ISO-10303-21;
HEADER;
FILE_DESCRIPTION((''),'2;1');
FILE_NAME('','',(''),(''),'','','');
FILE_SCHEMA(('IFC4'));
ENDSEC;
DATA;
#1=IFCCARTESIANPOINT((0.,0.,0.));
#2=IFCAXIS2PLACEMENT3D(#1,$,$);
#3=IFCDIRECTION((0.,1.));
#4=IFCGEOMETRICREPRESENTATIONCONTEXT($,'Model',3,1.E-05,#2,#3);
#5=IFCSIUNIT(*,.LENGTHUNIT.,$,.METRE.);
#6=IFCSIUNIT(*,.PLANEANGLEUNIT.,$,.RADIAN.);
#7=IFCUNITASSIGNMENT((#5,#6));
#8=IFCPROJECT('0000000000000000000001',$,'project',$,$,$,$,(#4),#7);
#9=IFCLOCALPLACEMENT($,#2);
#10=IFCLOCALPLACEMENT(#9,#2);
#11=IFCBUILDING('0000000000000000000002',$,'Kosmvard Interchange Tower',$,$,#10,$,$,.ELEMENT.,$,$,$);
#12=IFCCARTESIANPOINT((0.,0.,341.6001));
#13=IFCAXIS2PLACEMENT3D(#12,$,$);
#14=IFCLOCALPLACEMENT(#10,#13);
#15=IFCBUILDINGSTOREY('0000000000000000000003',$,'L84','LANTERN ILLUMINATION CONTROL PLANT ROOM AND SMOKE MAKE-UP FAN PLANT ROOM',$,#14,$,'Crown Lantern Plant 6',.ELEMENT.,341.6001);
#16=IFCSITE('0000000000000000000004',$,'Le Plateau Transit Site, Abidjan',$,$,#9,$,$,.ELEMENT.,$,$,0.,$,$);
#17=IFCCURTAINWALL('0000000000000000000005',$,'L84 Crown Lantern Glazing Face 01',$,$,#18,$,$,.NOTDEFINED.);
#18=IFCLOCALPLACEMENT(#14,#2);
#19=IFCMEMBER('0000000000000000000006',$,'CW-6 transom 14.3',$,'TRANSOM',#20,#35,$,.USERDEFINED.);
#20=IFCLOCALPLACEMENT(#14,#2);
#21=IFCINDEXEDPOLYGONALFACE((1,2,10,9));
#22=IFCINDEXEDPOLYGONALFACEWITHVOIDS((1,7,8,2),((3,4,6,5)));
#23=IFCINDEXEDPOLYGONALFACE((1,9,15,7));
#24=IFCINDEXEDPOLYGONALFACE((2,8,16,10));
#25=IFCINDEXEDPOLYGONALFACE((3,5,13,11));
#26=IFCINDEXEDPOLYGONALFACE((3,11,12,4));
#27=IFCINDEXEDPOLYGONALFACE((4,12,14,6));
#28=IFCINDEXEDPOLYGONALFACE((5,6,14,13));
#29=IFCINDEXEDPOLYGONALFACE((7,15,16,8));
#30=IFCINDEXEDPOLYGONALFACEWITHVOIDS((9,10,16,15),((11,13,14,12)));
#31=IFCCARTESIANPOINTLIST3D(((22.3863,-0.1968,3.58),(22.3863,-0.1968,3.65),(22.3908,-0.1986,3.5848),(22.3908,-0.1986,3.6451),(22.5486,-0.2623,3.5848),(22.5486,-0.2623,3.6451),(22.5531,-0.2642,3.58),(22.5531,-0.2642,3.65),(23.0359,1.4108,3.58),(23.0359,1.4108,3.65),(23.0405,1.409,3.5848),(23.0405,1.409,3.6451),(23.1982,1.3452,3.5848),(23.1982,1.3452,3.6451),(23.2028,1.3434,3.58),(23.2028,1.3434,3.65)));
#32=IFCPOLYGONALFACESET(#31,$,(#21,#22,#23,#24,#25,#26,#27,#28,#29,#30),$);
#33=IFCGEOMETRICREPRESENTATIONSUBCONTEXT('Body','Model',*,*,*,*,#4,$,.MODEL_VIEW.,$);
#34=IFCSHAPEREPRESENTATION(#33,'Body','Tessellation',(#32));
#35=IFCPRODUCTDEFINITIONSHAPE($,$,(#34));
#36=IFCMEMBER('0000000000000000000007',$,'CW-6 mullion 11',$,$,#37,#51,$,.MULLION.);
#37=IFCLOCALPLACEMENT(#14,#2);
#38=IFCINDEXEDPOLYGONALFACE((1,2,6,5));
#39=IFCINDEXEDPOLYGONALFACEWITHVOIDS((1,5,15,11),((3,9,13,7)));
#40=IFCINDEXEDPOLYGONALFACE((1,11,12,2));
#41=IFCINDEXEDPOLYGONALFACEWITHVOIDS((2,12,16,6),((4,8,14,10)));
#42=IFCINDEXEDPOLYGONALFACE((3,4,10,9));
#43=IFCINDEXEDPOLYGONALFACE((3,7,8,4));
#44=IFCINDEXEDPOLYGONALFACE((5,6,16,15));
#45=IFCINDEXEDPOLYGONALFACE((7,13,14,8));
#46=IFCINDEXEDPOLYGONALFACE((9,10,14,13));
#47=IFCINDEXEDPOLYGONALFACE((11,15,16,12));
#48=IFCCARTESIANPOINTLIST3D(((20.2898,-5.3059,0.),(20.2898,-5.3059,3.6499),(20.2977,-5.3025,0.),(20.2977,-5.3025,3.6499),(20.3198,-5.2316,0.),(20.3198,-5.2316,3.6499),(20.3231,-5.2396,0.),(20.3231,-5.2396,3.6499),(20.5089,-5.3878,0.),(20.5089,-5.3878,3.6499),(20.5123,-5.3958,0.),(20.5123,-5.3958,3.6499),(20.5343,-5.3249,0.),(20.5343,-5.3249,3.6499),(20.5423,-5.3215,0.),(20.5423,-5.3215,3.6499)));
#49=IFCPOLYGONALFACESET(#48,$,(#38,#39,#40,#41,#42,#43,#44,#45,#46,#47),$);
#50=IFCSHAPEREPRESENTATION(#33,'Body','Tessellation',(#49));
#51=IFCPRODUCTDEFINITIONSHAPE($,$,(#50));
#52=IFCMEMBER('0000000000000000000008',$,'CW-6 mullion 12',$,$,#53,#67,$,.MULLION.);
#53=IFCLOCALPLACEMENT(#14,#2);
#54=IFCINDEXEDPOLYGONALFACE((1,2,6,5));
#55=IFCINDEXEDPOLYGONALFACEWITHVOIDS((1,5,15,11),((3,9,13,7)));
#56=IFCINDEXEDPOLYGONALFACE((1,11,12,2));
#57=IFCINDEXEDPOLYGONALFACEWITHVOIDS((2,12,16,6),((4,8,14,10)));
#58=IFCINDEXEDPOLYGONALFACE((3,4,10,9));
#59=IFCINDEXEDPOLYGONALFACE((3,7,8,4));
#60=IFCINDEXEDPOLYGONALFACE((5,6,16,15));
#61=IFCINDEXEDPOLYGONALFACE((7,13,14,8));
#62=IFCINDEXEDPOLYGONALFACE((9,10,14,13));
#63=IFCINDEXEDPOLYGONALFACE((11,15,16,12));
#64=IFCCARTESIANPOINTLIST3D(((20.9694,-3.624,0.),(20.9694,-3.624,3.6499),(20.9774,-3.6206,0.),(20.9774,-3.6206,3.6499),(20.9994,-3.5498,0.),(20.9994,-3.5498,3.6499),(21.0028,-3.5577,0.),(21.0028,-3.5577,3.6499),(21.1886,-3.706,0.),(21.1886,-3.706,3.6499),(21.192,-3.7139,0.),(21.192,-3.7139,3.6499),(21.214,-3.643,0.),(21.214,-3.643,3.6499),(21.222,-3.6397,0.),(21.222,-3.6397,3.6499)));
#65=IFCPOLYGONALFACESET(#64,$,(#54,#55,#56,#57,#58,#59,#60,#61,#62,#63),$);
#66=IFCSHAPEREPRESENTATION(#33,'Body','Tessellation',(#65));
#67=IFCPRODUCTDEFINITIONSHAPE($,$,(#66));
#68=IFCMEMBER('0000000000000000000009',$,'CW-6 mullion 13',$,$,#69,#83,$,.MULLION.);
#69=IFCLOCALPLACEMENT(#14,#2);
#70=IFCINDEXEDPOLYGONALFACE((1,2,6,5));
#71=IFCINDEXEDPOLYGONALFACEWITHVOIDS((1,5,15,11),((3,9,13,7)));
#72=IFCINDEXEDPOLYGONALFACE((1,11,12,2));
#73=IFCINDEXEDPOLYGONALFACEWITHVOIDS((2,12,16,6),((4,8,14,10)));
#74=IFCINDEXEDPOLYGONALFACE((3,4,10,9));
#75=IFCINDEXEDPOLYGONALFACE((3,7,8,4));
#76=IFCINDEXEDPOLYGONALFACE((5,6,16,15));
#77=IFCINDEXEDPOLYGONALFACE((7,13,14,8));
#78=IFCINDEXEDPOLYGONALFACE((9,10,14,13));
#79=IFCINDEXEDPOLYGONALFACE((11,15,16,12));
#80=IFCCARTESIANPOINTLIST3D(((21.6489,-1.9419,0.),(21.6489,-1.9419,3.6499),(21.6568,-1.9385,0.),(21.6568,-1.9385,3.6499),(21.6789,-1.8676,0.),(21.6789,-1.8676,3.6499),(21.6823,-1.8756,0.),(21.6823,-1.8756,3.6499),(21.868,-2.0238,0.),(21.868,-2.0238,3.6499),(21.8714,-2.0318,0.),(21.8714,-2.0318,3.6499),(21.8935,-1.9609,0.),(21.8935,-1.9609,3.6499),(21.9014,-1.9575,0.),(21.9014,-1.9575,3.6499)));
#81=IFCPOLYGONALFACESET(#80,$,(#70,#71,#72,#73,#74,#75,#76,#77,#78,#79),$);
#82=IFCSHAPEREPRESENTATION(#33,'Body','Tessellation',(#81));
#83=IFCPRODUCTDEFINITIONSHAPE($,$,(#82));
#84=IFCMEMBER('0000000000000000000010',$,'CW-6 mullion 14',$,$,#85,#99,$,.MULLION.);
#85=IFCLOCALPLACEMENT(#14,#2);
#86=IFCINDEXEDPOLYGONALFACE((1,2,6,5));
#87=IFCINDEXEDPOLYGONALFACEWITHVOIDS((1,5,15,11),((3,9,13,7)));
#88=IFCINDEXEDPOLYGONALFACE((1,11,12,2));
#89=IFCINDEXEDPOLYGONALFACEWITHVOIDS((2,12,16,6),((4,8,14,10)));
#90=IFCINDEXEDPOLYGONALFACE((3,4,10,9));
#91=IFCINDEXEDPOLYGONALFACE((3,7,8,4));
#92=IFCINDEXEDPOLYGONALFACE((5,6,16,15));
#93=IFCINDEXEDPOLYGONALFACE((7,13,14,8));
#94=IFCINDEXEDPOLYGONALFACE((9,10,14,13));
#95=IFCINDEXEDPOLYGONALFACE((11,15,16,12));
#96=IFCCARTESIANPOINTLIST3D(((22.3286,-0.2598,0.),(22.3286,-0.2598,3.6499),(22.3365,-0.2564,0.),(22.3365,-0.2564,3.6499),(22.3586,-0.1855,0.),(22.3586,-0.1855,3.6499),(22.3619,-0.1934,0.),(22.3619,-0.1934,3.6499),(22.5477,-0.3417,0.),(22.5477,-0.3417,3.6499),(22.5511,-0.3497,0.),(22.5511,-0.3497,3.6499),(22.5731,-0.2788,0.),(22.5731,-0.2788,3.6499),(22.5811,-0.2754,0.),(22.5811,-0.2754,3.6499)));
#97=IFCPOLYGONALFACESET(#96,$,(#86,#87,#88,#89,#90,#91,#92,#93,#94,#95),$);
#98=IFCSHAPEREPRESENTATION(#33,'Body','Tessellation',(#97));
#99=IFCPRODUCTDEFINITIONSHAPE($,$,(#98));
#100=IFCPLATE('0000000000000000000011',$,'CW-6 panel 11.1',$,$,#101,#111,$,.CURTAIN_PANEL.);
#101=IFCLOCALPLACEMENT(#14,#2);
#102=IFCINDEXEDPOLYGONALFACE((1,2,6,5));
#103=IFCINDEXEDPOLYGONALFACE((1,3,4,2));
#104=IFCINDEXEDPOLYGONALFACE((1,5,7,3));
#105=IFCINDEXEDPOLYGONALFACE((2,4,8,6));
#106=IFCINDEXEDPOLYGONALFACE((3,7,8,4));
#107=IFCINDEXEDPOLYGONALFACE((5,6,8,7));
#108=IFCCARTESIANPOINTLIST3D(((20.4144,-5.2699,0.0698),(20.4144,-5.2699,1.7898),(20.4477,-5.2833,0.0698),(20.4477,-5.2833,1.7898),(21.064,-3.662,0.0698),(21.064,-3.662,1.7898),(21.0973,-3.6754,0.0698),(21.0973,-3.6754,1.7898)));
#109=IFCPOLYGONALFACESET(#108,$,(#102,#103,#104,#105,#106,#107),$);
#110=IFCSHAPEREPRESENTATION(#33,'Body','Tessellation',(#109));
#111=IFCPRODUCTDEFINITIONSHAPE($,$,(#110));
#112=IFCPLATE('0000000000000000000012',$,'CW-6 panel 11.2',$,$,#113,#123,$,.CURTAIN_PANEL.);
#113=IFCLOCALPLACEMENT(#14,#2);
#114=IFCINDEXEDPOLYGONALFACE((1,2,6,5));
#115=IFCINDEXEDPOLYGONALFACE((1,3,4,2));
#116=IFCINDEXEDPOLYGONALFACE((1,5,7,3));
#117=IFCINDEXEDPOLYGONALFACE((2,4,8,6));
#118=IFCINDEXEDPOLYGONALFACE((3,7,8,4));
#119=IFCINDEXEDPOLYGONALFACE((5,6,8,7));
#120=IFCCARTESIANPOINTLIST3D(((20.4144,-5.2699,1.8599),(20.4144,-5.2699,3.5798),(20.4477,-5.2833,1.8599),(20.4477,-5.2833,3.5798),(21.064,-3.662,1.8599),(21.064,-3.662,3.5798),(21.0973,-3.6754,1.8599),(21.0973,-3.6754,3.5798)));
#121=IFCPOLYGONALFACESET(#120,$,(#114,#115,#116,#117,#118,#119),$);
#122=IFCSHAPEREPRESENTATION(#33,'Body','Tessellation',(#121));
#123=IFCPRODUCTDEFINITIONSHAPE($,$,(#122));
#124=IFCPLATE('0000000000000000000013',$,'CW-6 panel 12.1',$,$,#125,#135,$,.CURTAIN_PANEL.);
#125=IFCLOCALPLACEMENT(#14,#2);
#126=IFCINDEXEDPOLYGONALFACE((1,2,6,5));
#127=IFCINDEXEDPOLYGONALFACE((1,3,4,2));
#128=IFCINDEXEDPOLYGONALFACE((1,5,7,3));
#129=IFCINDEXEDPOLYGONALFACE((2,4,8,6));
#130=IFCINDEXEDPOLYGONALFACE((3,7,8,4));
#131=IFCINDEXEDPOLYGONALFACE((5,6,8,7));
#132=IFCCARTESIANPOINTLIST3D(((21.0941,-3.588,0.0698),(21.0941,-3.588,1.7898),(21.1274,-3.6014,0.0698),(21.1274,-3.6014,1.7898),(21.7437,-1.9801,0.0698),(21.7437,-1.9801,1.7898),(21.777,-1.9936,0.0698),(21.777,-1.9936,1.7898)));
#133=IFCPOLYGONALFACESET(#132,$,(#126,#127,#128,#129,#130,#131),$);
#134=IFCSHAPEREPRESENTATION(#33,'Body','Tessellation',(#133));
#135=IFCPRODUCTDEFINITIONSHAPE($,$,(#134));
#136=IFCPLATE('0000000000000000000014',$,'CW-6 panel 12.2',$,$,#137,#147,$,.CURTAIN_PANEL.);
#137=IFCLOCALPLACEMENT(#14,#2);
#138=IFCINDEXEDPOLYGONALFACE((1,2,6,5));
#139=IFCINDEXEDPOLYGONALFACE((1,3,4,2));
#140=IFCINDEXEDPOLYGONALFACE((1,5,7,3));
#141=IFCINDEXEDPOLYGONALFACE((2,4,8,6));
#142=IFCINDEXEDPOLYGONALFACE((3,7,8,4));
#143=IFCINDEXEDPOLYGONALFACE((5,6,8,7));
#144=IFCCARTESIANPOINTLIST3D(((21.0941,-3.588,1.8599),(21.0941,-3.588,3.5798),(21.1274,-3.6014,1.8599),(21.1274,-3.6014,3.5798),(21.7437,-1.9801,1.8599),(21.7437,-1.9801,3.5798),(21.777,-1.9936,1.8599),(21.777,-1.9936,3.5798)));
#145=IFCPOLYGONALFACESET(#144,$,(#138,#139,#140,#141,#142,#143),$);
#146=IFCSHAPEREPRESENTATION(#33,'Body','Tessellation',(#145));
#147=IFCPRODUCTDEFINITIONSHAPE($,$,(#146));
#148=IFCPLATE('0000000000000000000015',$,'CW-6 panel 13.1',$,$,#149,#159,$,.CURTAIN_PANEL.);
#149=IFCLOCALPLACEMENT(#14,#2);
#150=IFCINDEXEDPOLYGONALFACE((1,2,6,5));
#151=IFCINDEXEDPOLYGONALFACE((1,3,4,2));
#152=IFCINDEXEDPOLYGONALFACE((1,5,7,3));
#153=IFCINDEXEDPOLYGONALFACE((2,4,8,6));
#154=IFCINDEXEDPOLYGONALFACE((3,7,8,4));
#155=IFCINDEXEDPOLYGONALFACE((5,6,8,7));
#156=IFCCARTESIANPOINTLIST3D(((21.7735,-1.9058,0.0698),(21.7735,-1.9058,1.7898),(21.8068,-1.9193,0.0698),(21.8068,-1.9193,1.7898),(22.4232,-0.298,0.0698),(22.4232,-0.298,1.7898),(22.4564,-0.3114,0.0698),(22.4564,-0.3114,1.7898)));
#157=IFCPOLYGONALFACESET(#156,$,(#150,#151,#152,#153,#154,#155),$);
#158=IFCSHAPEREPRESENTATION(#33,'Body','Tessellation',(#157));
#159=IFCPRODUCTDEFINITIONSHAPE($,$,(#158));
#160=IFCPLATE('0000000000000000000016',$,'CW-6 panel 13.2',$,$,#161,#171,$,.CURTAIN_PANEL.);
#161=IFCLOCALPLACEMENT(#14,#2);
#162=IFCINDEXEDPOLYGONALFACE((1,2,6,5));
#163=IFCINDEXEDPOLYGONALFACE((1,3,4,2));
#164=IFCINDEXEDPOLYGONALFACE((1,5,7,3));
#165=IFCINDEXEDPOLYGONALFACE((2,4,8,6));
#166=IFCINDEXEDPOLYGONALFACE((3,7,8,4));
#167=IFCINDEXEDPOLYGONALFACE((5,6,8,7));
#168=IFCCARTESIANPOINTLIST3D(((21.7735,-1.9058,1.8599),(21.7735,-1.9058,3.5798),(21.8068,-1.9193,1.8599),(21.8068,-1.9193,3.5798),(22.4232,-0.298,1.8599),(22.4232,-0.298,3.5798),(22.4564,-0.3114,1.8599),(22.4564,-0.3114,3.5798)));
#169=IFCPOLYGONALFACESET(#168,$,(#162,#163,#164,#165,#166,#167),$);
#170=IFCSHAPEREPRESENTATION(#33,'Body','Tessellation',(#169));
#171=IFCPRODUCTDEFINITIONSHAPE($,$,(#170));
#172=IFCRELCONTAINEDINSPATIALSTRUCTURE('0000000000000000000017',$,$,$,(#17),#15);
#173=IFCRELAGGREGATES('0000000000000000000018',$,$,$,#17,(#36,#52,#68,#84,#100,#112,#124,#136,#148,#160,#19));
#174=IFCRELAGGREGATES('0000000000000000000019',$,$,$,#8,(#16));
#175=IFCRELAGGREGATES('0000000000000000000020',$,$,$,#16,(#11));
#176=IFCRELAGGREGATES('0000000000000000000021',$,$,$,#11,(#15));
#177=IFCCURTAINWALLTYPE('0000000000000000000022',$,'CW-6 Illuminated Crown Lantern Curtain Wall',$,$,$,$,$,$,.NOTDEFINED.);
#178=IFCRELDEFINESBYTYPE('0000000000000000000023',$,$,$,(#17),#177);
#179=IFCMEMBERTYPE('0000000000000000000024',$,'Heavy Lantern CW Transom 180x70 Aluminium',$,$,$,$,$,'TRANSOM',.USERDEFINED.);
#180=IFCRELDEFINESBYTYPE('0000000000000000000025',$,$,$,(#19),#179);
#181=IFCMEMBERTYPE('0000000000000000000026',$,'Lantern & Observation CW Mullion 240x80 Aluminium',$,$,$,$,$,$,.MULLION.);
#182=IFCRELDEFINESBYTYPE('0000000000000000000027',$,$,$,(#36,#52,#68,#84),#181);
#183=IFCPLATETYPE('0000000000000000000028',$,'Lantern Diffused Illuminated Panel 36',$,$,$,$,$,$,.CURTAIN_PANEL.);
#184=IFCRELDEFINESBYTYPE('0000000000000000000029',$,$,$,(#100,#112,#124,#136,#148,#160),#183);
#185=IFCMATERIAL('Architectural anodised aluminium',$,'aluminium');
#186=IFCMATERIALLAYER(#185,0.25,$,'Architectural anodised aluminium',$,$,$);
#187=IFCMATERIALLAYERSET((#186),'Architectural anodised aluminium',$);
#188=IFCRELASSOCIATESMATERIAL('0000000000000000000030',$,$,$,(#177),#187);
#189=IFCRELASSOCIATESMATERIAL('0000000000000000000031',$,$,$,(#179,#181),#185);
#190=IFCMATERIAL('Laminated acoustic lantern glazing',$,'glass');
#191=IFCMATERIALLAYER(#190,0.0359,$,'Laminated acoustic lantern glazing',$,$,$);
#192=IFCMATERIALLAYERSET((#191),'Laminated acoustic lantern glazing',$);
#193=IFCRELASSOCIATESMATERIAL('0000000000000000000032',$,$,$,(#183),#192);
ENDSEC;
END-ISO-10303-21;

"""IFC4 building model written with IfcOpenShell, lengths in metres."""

from ifc_helpers import new_model, si_unit, direction, frame, origin, origin_2d, place, context, subcontext, project, spatial, rectangle, hollow_rectangle, extrude, source, transform, mapped, material, layer, layer_set, material_profile, profile_set, type_object, element, aggregate, save


model = new_model("IFC4")

# Units and contexts
model_context = context("Model", 3, precision=1e-05, world=origin(), true_north=direction((0.0, 1.0)))
body_context = subcontext(model_context, "Body", "Model", "MODEL_VIEW")
ifc_project = project(units=[si_unit("LENGTHUNIT", "METRE"), si_unit("PLANEANGLEUNIT", "RADIAN")], contexts=[model_context])

# Site, building, storey
site_placement = place(None, origin())
site = spatial("IfcSite", under=ifc_project, at=site_placement, Name="Le Plateau Transit Site, Abidjan", CompositionType="ELEMENT", RefElevation=0.0)
building_placement = place(site_placement, origin())
building = spatial("IfcBuilding", under=site, at=building_placement, Name="Kosmvard Interchange Tower", CompositionType="ELEMENT")
storey_placement = place(building_placement, frame((0.0, 0.0, 341.6001)))
storey = spatial("IfcBuildingStorey", under=building, at=storey_placement, Name="L84", Description="LANTERN ILLUMINATION CONTROL PLANT ROOM AND SMOKE MAKE-UP FAN PLANT ROOM", LongName="Crown Lantern Plant 6", CompositionType="ELEMENT", Elevation=341.6001)

# Curtain wall, members, plates
ifc_material_1 = material(Name="Architectural anodised aluminium", Category="aluminium")
ifc_layer_1 = layer(ifc_material_1, 0.25, Name="Architectural anodised aluminium")
ifc_layer_set_1 = layer_set([ifc_layer_1], Name="Architectural anodised aluminium")
curtain_wall_type = type_object("IfcCurtainWallType", Name="CW-6 Illuminated Crown Lantern Curtain Wall", PredefinedType="NOTDEFINED", material=ifc_layer_set_1)
curtain_wall_placement = place(storey_placement, origin())
curtain_wall = element("IfcCurtainWall", 1, at=curtain_wall_placement, inside=storey, type_object=curtain_wall_type, Name="L84 Crown Lantern Glazing Face 01", PredefinedType="NOTDEFINED")
ifc_material_profile_1 = material_profile(ifc_material_1, hollow_rectangle(XDim=0.1799, YDim=0.0701, WallThickness=0.0049, at=origin_2d()), Name="CWT 180x70x5")
ifc_profile_set_1 = profile_set([ifc_material_profile_1], Name="Architectural anodised aluminium")
member_type_1 = type_object("IfcMemberType", Name="Heavy Lantern CW Transom 180x70 Aluminium", ElementType="TRANSOM", PredefinedType="USERDEFINED", material=ifc_profile_set_1)
shared_shape_1 = source(origin(), body_context, "Body", "SweptSolid", [
    extrude(hollow_rectangle(XDim=0.1799, YDim=0.0701, WallThickness=0.0049, at=origin_2d()), origin(), (0.0, 0.0, 1.0), 1.7339),
])
member_1_placement = place(storey_placement, frame((22.4697, -0.2305, 3.615), z_axis=(0.374666, 0.92716, 0.0), x_axis=(-0.92716, 0.374666, 0.0)))
member_1 = element("IfcMember", 2, at=member_1_placement, type_object=member_type_1, Name="CW-6 transom 14.3", ObjectType="TRANSOM", PredefinedType="USERDEFINED", context=body_context, shape_type="MappedRepresentation", body=[
    mapped(shared_shape_1, transform((0.0, 0.0, 0.0), scale=1.0)),
])
ifc_material_profile_2 = material_profile(ifc_material_1, hollow_rectangle(XDim=0.24, YDim=0.0801, WallThickness=0.0061, at=origin_2d()), Name="CWM 240x80x6")
ifc_profile_set_2 = profile_set([ifc_material_profile_2], Name="Architectural anodised aluminium")
member_type_2 = type_object("IfcMemberType", Name="Lantern & Observation CW Mullion 240x80 Aluminium", PredefinedType="MULLION", material=ifc_profile_set_2)
shared_shape_2 = source(origin(), body_context, "Body", "SweptSolid", [
    extrude(hollow_rectangle(XDim=0.24, YDim=0.0801, WallThickness=0.0061, at=origin_2d()), origin(), (0.0, 0.0, 1.0), 3.6499),
])
member_2_placement = place(storey_placement, frame((20.416, -5.3137, 0.0), z_axis=(0.0, 0.0, 1.0), x_axis=(-0.927184, 0.374607, 0.0)))
member_2 = element("IfcMember", 3, at=member_2_placement, type_object=member_type_2, Name="CW-6 mullion 11", PredefinedType="MULLION", context=body_context, shape_type="MappedRepresentation", body=[
    mapped(shared_shape_2, transform((0.0, 0.0, 0.0), scale=1.0)),
])
member_3_placement = place(storey_placement, frame((21.0957, -3.6318, 0.0), z_axis=(0.0, 0.0, 1.0), x_axis=(-0.927184, 0.374607, 0.0)))
member_3 = element("IfcMember", 4, at=member_3_placement, type_object=member_type_2, Name="CW-6 mullion 12", PredefinedType="MULLION", context=body_context, shape_type="MappedRepresentation", body=[
    mapped(shared_shape_2, transform((0.0, 0.0, 0.0), scale=1.0)),
])
member_4_placement = place(storey_placement, frame((21.7751, -1.9497, 0.0), z_axis=(0.0, 0.0, 1.0), x_axis=(-0.927184, 0.374607, 0.0)))
member_4 = element("IfcMember", 5, at=member_4_placement, type_object=member_type_2, Name="CW-6 mullion 13", PredefinedType="MULLION", context=body_context, shape_type="MappedRepresentation", body=[
    mapped(shared_shape_2, transform((0.0, 0.0, 0.0), scale=1.0)),
])
member_5_placement = place(storey_placement, frame((22.4548, -0.2676, 0.0), z_axis=(0.0, 0.0, 1.0), x_axis=(-0.927184, 0.374607, 0.0)))
member_5 = element("IfcMember", 6, at=member_5_placement, type_object=member_type_2, Name="CW-6 mullion 14", PredefinedType="MULLION", context=body_context, shape_type="MappedRepresentation", body=[
    mapped(shared_shape_2, transform((0.0, 0.0, 0.0), scale=1.0)),
])
ifc_material_2 = material(Name="Laminated acoustic lantern glazing", Category="glass")
ifc_layer_2 = layer(ifc_material_2, 0.0359, Name="Laminated acoustic lantern glazing")
ifc_layer_set_2 = layer_set([ifc_layer_2], Name="Laminated acoustic lantern glazing")
plate_type = type_object("IfcPlateType", Name="Lantern Diffused Illuminated Panel 36", PredefinedType="CURTAIN_PANEL", material=ifc_layer_set_2)
shared_shape_3 = source(origin(), body_context, "Body", "SweptSolid", [
    extrude(rectangle(XDim=1.7341, YDim=0.0359, at=origin_2d()), origin(), (0.0, 0.0, 1.0), 1.72),
])
plate_1_placement = place(storey_placement, frame((20.7559, -4.4727, 0.0698), z_axis=(0.0, 0.0, 1.0), x_axis=(0.374607, 0.927184, 0.0)))
plate_1 = element("IfcPlate", 7, at=plate_1_placement, type_object=plate_type, Name="CW-6 panel 11.1", PredefinedType="CURTAIN_PANEL", context=body_context, shape_type="MappedRepresentation", body=[
    mapped(shared_shape_3, transform((0.0, 0.0, 0.0), scale=1.0)),
])
plate_2_placement = place(storey_placement, frame((20.7559, -4.4727, 1.8599), z_axis=(0.0, 0.0, 1.0), x_axis=(0.374607, 0.927184, 0.0)))
plate_2 = element("IfcPlate", 8, at=plate_2_placement, type_object=plate_type, Name="CW-6 panel 11.2", PredefinedType="CURTAIN_PANEL", context=body_context, shape_type="MappedRepresentation", body=[
    mapped(shared_shape_3, transform((0.0, 0.0, 0.0), scale=1.0)),
])
plate_3_placement = place(storey_placement, frame((21.4355, -2.7908, 0.0698), z_axis=(0.0, 0.0, 1.0), x_axis=(0.374607, 0.927184, 0.0)))
plate_3 = element("IfcPlate", 9, at=plate_3_placement, type_object=plate_type, Name="CW-6 panel 12.1", PredefinedType="CURTAIN_PANEL", context=body_context, shape_type="MappedRepresentation", body=[
    mapped(shared_shape_3, transform((0.0, 0.0, 0.0), scale=1.0)),
])
plate_4_placement = place(storey_placement, frame((21.4355, -2.7908, 1.8599), z_axis=(0.0, 0.0, 1.0), x_axis=(0.374607, 0.927184, 0.0)))
plate_4 = element("IfcPlate", 10, at=plate_4_placement, type_object=plate_type, Name="CW-6 panel 12.2", PredefinedType="CURTAIN_PANEL", context=body_context, shape_type="MappedRepresentation", body=[
    mapped(shared_shape_3, transform((0.0, 0.0, 0.0), scale=1.0)),
])
plate_5_placement = place(storey_placement, frame((22.115, -1.1086, 0.0698), z_axis=(0.0, 0.0, 1.0), x_axis=(0.374607, 0.927184, 0.0)))
plate_5 = element("IfcPlate", 11, at=plate_5_placement, type_object=plate_type, Name="CW-6 panel 13.1", PredefinedType="CURTAIN_PANEL", context=body_context, shape_type="MappedRepresentation", body=[
    mapped(shared_shape_3, transform((0.0, 0.0, 0.0), scale=1.0)),
])
plate_6_placement = place(storey_placement, frame((22.115, -1.1086, 1.8599), z_axis=(0.0, 0.0, 1.0), x_axis=(0.374607, 0.927184, 0.0)))
plate_6 = element("IfcPlate", 12, at=plate_6_placement, type_object=plate_type, Name="CW-6 panel 13.2", PredefinedType="CURTAIN_PANEL", context=body_context, shape_type="MappedRepresentation", body=[
    mapped(shared_shape_3, transform((0.0, 0.0, 0.0), scale=1.0)),
])
aggregate(curtain_wall, [member_2, member_3, member_4, member_5, plate_1, plate_2, plate_3, plate_4, plate_5, plate_6, member_1])

save(model, "model.ifc")
